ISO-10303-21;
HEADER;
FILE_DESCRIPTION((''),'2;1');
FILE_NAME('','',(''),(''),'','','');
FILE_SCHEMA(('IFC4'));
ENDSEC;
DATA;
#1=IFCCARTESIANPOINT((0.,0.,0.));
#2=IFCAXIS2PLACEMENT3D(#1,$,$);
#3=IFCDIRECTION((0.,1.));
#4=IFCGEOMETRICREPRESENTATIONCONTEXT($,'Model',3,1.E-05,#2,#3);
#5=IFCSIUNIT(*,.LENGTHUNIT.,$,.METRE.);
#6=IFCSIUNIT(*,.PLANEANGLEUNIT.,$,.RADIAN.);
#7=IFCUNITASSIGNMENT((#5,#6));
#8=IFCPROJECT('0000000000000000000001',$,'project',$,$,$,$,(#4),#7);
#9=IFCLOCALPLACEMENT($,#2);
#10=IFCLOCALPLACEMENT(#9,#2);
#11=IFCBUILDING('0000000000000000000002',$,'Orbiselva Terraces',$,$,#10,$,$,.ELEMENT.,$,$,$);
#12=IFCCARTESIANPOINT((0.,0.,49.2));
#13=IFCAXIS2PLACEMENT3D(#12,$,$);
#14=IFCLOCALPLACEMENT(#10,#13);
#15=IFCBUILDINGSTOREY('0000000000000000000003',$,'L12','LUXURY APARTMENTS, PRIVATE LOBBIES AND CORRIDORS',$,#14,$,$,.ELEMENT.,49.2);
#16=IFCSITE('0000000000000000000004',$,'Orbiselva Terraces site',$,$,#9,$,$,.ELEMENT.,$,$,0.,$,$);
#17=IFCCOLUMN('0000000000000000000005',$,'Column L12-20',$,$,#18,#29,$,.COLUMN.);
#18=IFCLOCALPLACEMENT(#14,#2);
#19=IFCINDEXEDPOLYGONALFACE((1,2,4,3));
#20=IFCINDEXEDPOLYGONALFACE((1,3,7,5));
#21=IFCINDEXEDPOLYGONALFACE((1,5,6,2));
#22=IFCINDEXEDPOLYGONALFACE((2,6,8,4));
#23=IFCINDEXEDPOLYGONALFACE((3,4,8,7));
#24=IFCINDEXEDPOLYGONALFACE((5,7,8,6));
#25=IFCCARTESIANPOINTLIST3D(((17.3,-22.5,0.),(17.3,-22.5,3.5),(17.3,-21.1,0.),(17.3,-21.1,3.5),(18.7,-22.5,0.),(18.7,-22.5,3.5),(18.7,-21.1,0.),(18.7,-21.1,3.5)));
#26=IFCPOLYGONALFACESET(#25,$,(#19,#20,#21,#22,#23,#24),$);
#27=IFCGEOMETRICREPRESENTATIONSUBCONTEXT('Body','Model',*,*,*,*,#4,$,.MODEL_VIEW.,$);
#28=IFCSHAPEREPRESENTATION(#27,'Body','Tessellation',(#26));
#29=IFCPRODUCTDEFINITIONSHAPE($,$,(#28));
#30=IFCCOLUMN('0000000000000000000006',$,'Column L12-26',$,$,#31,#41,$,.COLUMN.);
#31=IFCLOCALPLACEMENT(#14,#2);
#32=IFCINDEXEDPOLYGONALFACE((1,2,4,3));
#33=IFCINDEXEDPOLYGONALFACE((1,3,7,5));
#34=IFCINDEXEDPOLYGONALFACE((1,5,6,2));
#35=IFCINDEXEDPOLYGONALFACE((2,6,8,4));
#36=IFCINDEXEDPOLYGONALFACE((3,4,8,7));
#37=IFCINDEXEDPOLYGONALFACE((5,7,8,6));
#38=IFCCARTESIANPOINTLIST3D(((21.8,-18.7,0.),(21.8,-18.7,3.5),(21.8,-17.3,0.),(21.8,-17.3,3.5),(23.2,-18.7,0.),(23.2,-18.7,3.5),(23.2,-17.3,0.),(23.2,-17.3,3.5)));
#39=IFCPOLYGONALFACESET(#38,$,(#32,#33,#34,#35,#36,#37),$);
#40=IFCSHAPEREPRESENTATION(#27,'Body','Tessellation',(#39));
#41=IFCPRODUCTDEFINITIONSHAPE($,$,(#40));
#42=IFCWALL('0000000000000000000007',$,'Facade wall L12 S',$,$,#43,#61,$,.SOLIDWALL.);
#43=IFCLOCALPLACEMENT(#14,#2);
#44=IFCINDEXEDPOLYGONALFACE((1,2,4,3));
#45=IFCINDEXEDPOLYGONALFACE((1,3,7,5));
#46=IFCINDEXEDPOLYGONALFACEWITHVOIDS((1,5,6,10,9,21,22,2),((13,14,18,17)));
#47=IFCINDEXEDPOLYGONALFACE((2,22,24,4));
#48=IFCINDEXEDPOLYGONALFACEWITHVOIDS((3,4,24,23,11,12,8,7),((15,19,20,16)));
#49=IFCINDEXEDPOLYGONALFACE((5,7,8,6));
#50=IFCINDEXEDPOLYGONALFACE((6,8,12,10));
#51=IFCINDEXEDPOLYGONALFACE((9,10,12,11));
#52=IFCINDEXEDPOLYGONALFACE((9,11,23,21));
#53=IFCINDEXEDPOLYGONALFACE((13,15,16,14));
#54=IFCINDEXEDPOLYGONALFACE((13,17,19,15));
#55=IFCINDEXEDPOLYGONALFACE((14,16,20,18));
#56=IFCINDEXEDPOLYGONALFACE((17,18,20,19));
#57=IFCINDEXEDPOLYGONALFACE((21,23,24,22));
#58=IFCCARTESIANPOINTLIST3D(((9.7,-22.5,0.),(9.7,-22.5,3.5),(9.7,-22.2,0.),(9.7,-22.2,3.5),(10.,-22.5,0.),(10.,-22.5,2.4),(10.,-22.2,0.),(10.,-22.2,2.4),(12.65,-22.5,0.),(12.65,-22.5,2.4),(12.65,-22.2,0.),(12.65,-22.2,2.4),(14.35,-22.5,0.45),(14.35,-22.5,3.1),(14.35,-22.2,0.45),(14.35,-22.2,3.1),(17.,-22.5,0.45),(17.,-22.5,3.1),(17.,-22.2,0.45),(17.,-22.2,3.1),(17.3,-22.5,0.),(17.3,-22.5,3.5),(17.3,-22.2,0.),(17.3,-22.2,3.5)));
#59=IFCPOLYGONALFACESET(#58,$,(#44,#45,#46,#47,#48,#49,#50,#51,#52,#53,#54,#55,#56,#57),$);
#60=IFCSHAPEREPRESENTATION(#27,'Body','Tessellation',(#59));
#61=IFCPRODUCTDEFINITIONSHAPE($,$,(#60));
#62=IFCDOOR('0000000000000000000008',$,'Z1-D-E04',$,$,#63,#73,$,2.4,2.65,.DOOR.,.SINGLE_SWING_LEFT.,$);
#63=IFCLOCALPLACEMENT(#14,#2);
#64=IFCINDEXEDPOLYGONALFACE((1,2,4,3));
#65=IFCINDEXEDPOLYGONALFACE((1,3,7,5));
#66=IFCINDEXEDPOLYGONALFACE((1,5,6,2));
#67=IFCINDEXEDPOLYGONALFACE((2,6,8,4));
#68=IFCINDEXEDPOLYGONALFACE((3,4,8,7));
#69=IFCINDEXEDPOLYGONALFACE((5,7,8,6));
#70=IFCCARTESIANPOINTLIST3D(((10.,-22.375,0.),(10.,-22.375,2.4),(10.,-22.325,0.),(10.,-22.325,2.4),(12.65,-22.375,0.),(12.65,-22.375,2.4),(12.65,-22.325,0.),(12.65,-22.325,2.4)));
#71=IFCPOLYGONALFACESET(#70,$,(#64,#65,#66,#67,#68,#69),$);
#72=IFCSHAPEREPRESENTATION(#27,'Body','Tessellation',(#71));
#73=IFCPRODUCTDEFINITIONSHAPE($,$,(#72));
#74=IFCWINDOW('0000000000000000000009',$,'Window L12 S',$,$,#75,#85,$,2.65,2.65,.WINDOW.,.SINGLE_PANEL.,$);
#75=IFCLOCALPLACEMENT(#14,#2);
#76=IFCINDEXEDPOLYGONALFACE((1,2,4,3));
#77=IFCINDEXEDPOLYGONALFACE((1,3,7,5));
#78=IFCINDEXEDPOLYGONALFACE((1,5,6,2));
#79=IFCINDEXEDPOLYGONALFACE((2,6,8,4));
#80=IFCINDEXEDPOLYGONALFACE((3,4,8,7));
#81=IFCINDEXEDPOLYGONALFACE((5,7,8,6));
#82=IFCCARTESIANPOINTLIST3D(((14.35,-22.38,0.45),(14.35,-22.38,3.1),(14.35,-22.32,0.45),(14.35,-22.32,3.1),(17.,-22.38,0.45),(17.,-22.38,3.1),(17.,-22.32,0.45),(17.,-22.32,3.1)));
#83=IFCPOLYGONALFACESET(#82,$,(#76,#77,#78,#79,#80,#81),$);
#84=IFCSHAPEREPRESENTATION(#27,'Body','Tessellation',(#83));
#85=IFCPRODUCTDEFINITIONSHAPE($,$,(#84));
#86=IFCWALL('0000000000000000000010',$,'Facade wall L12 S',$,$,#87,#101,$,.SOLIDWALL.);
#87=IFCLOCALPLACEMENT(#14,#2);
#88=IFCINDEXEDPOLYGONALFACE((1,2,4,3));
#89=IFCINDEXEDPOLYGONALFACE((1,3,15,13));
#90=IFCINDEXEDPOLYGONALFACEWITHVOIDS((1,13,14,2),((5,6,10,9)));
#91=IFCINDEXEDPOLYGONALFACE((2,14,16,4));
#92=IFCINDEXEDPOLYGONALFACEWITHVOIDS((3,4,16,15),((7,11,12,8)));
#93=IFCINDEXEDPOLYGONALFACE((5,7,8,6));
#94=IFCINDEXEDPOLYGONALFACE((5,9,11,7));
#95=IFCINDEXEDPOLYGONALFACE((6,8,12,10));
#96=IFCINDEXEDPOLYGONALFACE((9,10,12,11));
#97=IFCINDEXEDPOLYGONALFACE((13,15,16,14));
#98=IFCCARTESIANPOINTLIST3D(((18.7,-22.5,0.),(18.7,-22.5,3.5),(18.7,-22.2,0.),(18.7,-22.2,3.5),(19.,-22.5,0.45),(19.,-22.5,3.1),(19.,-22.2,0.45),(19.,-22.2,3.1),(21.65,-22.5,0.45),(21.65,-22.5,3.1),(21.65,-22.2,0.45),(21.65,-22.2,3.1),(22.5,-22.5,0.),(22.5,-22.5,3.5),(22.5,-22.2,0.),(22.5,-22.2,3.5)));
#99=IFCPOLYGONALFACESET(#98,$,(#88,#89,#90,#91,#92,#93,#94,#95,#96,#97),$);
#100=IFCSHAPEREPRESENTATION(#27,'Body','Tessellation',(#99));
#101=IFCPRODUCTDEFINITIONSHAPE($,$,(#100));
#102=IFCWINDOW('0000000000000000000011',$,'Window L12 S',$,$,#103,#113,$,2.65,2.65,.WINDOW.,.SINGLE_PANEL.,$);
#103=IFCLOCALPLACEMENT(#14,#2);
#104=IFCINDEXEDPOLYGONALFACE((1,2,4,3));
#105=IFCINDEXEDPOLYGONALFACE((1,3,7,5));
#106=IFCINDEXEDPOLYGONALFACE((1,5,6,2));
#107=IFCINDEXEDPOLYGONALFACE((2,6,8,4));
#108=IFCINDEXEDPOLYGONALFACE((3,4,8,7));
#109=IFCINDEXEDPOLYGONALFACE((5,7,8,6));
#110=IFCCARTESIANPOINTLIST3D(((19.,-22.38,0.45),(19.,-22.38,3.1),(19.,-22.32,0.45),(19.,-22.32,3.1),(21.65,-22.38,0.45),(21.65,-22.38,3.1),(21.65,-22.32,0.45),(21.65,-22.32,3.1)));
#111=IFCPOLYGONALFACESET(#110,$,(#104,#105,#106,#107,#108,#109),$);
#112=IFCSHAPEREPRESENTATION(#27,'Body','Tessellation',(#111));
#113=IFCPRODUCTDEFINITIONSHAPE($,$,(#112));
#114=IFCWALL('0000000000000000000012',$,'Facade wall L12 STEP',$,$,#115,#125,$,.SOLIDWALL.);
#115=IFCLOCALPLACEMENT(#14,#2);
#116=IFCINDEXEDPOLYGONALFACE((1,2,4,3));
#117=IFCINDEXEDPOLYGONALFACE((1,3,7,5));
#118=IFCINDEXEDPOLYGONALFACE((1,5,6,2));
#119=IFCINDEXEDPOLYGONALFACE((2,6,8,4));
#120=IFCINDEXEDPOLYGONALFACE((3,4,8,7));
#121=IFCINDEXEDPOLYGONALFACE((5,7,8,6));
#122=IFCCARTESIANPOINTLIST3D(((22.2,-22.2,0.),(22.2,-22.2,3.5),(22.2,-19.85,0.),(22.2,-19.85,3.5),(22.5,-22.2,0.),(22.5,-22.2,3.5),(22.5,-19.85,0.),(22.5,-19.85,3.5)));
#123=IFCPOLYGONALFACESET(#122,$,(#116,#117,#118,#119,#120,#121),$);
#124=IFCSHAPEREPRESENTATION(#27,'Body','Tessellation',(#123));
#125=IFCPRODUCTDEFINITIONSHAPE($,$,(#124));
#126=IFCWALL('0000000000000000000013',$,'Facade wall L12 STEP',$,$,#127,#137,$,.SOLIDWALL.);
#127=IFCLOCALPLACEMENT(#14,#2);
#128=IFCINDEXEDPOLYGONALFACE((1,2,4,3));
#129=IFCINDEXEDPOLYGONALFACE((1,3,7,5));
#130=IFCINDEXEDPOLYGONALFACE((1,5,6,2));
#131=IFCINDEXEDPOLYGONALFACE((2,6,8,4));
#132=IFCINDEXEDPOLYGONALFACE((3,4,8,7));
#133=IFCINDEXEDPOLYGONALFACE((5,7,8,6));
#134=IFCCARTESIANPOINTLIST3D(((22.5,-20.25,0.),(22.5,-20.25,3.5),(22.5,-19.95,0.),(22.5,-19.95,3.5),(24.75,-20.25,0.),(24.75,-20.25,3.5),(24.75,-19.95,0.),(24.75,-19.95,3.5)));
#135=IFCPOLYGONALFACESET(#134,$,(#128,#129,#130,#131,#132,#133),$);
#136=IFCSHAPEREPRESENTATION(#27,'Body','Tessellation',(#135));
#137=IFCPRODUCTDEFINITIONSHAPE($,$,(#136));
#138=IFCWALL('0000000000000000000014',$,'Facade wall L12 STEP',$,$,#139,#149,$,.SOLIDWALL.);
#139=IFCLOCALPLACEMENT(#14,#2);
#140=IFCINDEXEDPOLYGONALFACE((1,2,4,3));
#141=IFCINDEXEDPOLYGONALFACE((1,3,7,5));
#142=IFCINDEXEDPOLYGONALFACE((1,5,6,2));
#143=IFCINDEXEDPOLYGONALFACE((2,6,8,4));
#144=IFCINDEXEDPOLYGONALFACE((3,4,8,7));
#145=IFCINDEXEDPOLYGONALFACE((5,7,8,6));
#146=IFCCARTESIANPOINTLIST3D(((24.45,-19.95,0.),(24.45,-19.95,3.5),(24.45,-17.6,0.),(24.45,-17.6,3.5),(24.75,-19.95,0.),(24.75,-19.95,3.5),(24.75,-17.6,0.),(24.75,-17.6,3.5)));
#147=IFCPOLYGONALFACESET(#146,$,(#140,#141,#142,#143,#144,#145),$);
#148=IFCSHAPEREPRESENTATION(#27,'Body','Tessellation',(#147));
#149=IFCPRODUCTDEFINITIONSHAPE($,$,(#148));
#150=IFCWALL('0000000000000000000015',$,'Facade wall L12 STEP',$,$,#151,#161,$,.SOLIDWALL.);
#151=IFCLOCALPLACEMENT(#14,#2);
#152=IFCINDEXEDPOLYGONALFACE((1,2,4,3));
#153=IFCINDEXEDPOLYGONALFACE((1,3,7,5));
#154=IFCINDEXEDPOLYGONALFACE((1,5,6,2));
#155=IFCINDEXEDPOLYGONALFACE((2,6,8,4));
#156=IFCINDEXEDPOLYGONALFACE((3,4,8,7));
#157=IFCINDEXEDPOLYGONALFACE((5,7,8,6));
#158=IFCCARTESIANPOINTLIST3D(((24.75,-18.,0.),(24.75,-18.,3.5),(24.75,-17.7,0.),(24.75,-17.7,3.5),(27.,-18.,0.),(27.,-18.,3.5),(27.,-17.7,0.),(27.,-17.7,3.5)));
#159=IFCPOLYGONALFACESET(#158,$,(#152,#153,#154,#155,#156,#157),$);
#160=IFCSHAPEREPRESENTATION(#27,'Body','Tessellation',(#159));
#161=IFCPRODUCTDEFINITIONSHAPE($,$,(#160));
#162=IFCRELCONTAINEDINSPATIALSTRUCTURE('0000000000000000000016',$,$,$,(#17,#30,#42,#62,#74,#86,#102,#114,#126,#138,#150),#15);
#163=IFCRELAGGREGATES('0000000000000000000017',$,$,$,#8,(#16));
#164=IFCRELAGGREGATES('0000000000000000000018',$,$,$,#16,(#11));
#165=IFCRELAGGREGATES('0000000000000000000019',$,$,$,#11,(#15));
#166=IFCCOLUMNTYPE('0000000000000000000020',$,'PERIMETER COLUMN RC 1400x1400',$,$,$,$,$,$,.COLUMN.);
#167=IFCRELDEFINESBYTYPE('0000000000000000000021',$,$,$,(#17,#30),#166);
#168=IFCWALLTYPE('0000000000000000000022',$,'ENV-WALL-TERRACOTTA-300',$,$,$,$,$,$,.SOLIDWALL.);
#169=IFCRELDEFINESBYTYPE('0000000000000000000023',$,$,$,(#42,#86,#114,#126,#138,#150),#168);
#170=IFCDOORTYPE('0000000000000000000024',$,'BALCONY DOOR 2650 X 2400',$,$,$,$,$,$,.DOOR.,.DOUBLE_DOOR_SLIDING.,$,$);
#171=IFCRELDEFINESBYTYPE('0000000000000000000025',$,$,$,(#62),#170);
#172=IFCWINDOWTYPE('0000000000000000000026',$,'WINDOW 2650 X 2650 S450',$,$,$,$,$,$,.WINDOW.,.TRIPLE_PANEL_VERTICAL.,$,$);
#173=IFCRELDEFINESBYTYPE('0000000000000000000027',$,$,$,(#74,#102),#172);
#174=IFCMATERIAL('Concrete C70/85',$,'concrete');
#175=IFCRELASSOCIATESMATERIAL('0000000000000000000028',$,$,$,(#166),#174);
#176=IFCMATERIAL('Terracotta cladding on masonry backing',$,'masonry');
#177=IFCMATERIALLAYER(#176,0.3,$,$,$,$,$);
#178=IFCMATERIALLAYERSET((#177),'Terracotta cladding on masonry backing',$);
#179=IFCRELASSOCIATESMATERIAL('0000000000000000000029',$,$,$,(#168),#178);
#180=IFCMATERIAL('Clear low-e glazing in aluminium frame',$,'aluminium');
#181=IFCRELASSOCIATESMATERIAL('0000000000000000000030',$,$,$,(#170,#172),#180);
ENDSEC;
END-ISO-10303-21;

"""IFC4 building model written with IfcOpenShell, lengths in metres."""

from ifc_helpers import new_model, si_unit, direction, frame, frame_2d, origin, origin_2d, place, context, subcontext, project, spatial, rectangle, extrude, material, layer, layer_set, material_profile, profile_set, type_object, element, fill, save


model = new_model("IFC4")

# Units and contexts
model_context = context("Model", 3, precision=1e-05, world=origin(), true_north=direction((0.0, 1.0)))
body_context = subcontext(model_context, "Body", "Model", "MODEL_VIEW")
ifc_project = project(units=[si_unit("LENGTHUNIT", "METRE"), si_unit("PLANEANGLEUNIT", "RADIAN")], contexts=[model_context])

# Site, building, storey
site_placement = place(None, origin())
site = spatial("IfcSite", under=ifc_project, at=site_placement, Name="Orbiselva Terraces site", CompositionType="ELEMENT", RefElevation=0.0)
building_placement = place(site_placement, origin())
building = spatial("IfcBuilding", under=site, at=building_placement, Name="Orbiselva Terraces", CompositionType="ELEMENT")
storey_placement = place(building_placement, frame((0.0, 0.0, 49.2)))
storey = spatial("IfcBuildingStorey", under=building, at=storey_placement, Name="L12", Description="LUXURY APARTMENTS, PRIVATE LOBBIES AND CORRIDORS", CompositionType="ELEMENT", Elevation=49.2)

# Columns
ifc_material_1 = material(Name="Concrete C70/85", Category="concrete")
ifc_material_profile = material_profile(ifc_material_1, rectangle(XDim=1.4, YDim=1.4, at=origin_2d()), Name="RC 1400x1400")
ifc_profile_set = profile_set([ifc_material_profile], Name="Concrete C70/85")
column_type = type_object("IfcColumnType", Name="PERIMETER COLUMN RC 1400x1400", PredefinedType="COLUMN", material=ifc_profile_set)
for number, where, z_axis, x_axis, name in (
    (1, (18.0, -21.8, 0.0), (0.0, 0.0, 1.0), (1.0, 0.0, 0.0), "Column L12-20"),
    (2, (22.5, -18.0, 0.0), (0.0, 0.0, 1.0), (1.0, 0.0, 0.0), "Column L12-26"),
):
    element("IfcColumn", number, at=place(storey_placement, frame(where, z_axis=z_axis, x_axis=x_axis)), inside=storey, type_object=column_type, Name=name, PredefinedType="COLUMN", context=body_context, shape_type="SweptSolid", body=[
        extrude(rectangle(XDim=1.4, YDim=1.4, at=origin_2d()), origin(), (0.0, 0.0, 1.0), 3.5),
    ])

# Wall, openings, door, window
ifc_material_2 = material(Name="Terracotta cladding on masonry backing", Category="masonry")
ifc_layer_1 = layer(ifc_material_2, 0.3)
ifc_layer_set_1 = layer_set([ifc_layer_1], Name="Terracotta cladding on masonry backing")
wall_type_1 = type_object("IfcWallType", Name="ENV-WALL-TERRACOTTA-300", PredefinedType="SOLIDWALL", material=ifc_layer_set_1)
wall_1_placement = place(storey_placement, frame((17.3, -22.35, 0.0), z_axis=(0.0, 0.0, 1.0), x_axis=(-1.0, 0.0, 0.0)))
wall_1 = element("IfcWall", 3, at=wall_1_placement, inside=storey, type_object=wall_type_1, Name="Facade wall L12 S", PredefinedType="SOLIDWALL", context=body_context, shape_type="SweptSolid", body=[
    extrude(rectangle(XDim=7.6, YDim=0.3, at=frame_2d((3.8, 0.0))), origin(), (0.0, 0.0, 1.0), 3.5),
])
opening_1_placement = place(wall_1_placement, frame((4.65, 0.0, 0.0)))
opening_1 = element("IfcOpeningElement", 4, at=opening_1_placement, cuts=wall_1, PredefinedType="OPENING", context=body_context, shape_type="SweptSolid", body=[
    extrude(rectangle(XDim=2.65, YDim=2.4, at=frame_2d((1.325, 1.2))), frame((0.0, 0.16, 0.0), z_axis=(0.0, -1.0, 0.0), x_axis=(1.0, 0.0, 0.0)), (0.0, 0.0, 1.0), 0.32),
])
opening_2_placement = place(wall_1_placement, frame((0.3, 0.0, 0.45)))
opening_2 = element("IfcOpeningElement", 5, at=opening_2_placement, cuts=wall_1, PredefinedType="OPENING", context=body_context, shape_type="SweptSolid", body=[
    extrude(rectangle(XDim=2.65, YDim=2.65, at=frame_2d((1.325, 1.325))), frame((0.0, 0.16, 0.0), z_axis=(0.0, -1.0, 0.0), x_axis=(1.0, 0.0, 0.0)), (0.0, 0.0, 1.0), 0.32),
])
ifc_material_3 = material(Name="Clear low-e glazing in aluminium frame", Category="aluminium")
door_type_1 = type_object("IfcDoorType", Name="BALCONY DOOR 2650 X 2400", OperationType="DOUBLE_DOOR_SLIDING", PredefinedType="DOOR", material=ifc_material_3)
door_1_placement = place(opening_1_placement, origin())
door_1 = element("IfcDoor", 6, at=door_1_placement, inside=storey, type_object=door_type_1, Name="Z1-D-E04", OperationType="SINGLE_SWING_LEFT", OverallHeight=2.4, OverallWidth=2.65, PredefinedType="DOOR", context=body_context, shape_type="SweptSolid", body=[
    extrude(rectangle(XDim=2.65, YDim=2.4, at=frame_2d((1.325, 1.2))), frame((0.0, 0.025, 0.0), z_axis=(0.0, -1.0, 0.0), x_axis=(1.0, 0.0, 0.0)), (0.0, 0.0, 1.0), 0.05),
])
fill(opening_1, door_1)
window_type = type_object("IfcWindowType", Name="WINDOW 2650 X 2650 S450", PartitioningType="TRIPLE_PANEL_VERTICAL", PredefinedType="WINDOW", material=ifc_material_3)
window_1_placement = place(opening_2_placement, origin())
window_1 = element("IfcWindow", 7, at=window_1_placement, inside=storey, type_object=window_type, Name="Window L12 S", OverallHeight=2.65, OverallWidth=2.65, PartitioningType="SINGLE_PANEL", PredefinedType="WINDOW", context=body_context, shape_type="SweptSolid", body=[
    extrude(rectangle(XDim=2.65, YDim=2.65, at=frame_2d((1.325, 1.325))), frame((0.0, 0.03, 0.0), z_axis=(0.0, -1.0, 0.0), x_axis=(1.0, 0.0, 0.0)), (0.0, 0.0, 1.0), 0.06),
])
fill(opening_2, window_1)

# Wall, opening, window
wall_2_placement = place(storey_placement, frame((22.5, -22.35, 0.0), z_axis=(0.0, 0.0, 1.0), x_axis=(-1.0, 0.0, 0.0)))
wall_2 = element("IfcWall", 8, at=wall_2_placement, inside=storey, type_object=wall_type_1, Name="Facade wall L12 S", PredefinedType="SOLIDWALL", context=body_context, shape_type="SweptSolid", body=[
    extrude(rectangle(XDim=3.8, YDim=0.3, at=frame_2d((1.9, 0.0))), origin(), (0.0, 0.0, 1.0), 3.5),
])
opening_3_placement = place(wall_2_placement, frame((0.85, 0.0, 0.45)))
opening_3 = element("IfcOpeningElement", 9, at=opening_3_placement, cuts=wall_2, PredefinedType="OPENING", context=body_context, shape_type="SweptSolid", body=[
    extrude(rectangle(XDim=2.65, YDim=2.65, at=frame_2d((1.325, 1.325))), frame((0.0, 0.16, 0.0), z_axis=(0.0, -1.0, 0.0), x_axis=(1.0, 0.0, 0.0)), (0.0, 0.0, 1.0), 0.32),
])
window_2_placement = place(opening_3_placement, origin())
window_2 = element("IfcWindow", 10, at=window_2_placement, inside=storey, type_object=window_type, Name="Window L12 S", OverallHeight=2.65, OverallWidth=2.65, PartitioningType="SINGLE_PANEL", PredefinedType="WINDOW", context=body_context, shape_type="SweptSolid", body=[
    extrude(rectangle(XDim=2.65, YDim=2.65, at=frame_2d((1.325, 1.325))), frame((0.0, 0.03, 0.0), z_axis=(0.0, -1.0, 0.0), x_axis=(1.0, 0.0, 0.0)), (0.0, 0.0, 1.0), 0.06),
])
fill(opening_3, window_2)

# Walls
wall_3_placement = place(storey_placement, frame((22.35, -19.85, 0.0), z_axis=(0.0, 0.0, 1.0), x_axis=(0.0, -1.0, 0.0)))
element("IfcWall", 11, at=wall_3_placement, inside=storey, type_object=wall_type_1, Name="Facade wall L12 STEP", PredefinedType="SOLIDWALL", context=body_context, shape_type="SweptSolid", body=[
    extrude(rectangle(XDim=2.35, YDim=0.3, at=frame_2d((1.175, 0.0))), origin(), (0.0, 0.0, 1.0), 3.5),
])
wall_4_placement = place(storey_placement, frame((24.75, -20.1, 0.0), z_axis=(0.0, 0.0, 1.0), x_axis=(-1.0, 0.0, 0.0)))
element("IfcWall", 12, at=wall_4_placement, inside=storey, type_object=wall_type_1, Name="Facade wall L12 STEP", PredefinedType="SOLIDWALL", context=body_context, shape_type="SweptSolid", body=[
    extrude(rectangle(XDim=2.25, YDim=0.3, at=frame_2d((1.125, 0.0))), origin(), (0.0, 0.0, 1.0), 3.5),
])
wall_5_placement = place(storey_placement, frame((24.6, -17.6, 0.0), z_axis=(0.0, 0.0, 1.0), x_axis=(0.0, -1.0, 0.0)))
element("IfcWall", 13, at=wall_5_placement, inside=storey, type_object=wall_type_1, Name="Facade wall L12 STEP", PredefinedType="SOLIDWALL", context=body_context, shape_type="SweptSolid", body=[
    extrude(rectangle(XDim=2.35, YDim=0.3, at=frame_2d((1.175, 0.0))), origin(), (0.0, 0.0, 1.0), 3.5),
])
wall_6_placement = place(storey_placement, frame((27.0, -17.85, 0.0), z_axis=(0.0, 0.0, 1.0), x_axis=(-1.0, 0.0, 0.0)))
element("IfcWall", 14, at=wall_6_placement, inside=storey, type_object=wall_type_1, Name="Facade wall L12 STEP", PredefinedType="SOLIDWALL", context=body_context, shape_type="SweptSolid", body=[
    extrude(rectangle(XDim=2.25, YDim=0.3, at=frame_2d((1.125, 0.0))), origin(), (0.0, 0.0, 1.0), 3.5),
])

save(model, "model.ifc")
